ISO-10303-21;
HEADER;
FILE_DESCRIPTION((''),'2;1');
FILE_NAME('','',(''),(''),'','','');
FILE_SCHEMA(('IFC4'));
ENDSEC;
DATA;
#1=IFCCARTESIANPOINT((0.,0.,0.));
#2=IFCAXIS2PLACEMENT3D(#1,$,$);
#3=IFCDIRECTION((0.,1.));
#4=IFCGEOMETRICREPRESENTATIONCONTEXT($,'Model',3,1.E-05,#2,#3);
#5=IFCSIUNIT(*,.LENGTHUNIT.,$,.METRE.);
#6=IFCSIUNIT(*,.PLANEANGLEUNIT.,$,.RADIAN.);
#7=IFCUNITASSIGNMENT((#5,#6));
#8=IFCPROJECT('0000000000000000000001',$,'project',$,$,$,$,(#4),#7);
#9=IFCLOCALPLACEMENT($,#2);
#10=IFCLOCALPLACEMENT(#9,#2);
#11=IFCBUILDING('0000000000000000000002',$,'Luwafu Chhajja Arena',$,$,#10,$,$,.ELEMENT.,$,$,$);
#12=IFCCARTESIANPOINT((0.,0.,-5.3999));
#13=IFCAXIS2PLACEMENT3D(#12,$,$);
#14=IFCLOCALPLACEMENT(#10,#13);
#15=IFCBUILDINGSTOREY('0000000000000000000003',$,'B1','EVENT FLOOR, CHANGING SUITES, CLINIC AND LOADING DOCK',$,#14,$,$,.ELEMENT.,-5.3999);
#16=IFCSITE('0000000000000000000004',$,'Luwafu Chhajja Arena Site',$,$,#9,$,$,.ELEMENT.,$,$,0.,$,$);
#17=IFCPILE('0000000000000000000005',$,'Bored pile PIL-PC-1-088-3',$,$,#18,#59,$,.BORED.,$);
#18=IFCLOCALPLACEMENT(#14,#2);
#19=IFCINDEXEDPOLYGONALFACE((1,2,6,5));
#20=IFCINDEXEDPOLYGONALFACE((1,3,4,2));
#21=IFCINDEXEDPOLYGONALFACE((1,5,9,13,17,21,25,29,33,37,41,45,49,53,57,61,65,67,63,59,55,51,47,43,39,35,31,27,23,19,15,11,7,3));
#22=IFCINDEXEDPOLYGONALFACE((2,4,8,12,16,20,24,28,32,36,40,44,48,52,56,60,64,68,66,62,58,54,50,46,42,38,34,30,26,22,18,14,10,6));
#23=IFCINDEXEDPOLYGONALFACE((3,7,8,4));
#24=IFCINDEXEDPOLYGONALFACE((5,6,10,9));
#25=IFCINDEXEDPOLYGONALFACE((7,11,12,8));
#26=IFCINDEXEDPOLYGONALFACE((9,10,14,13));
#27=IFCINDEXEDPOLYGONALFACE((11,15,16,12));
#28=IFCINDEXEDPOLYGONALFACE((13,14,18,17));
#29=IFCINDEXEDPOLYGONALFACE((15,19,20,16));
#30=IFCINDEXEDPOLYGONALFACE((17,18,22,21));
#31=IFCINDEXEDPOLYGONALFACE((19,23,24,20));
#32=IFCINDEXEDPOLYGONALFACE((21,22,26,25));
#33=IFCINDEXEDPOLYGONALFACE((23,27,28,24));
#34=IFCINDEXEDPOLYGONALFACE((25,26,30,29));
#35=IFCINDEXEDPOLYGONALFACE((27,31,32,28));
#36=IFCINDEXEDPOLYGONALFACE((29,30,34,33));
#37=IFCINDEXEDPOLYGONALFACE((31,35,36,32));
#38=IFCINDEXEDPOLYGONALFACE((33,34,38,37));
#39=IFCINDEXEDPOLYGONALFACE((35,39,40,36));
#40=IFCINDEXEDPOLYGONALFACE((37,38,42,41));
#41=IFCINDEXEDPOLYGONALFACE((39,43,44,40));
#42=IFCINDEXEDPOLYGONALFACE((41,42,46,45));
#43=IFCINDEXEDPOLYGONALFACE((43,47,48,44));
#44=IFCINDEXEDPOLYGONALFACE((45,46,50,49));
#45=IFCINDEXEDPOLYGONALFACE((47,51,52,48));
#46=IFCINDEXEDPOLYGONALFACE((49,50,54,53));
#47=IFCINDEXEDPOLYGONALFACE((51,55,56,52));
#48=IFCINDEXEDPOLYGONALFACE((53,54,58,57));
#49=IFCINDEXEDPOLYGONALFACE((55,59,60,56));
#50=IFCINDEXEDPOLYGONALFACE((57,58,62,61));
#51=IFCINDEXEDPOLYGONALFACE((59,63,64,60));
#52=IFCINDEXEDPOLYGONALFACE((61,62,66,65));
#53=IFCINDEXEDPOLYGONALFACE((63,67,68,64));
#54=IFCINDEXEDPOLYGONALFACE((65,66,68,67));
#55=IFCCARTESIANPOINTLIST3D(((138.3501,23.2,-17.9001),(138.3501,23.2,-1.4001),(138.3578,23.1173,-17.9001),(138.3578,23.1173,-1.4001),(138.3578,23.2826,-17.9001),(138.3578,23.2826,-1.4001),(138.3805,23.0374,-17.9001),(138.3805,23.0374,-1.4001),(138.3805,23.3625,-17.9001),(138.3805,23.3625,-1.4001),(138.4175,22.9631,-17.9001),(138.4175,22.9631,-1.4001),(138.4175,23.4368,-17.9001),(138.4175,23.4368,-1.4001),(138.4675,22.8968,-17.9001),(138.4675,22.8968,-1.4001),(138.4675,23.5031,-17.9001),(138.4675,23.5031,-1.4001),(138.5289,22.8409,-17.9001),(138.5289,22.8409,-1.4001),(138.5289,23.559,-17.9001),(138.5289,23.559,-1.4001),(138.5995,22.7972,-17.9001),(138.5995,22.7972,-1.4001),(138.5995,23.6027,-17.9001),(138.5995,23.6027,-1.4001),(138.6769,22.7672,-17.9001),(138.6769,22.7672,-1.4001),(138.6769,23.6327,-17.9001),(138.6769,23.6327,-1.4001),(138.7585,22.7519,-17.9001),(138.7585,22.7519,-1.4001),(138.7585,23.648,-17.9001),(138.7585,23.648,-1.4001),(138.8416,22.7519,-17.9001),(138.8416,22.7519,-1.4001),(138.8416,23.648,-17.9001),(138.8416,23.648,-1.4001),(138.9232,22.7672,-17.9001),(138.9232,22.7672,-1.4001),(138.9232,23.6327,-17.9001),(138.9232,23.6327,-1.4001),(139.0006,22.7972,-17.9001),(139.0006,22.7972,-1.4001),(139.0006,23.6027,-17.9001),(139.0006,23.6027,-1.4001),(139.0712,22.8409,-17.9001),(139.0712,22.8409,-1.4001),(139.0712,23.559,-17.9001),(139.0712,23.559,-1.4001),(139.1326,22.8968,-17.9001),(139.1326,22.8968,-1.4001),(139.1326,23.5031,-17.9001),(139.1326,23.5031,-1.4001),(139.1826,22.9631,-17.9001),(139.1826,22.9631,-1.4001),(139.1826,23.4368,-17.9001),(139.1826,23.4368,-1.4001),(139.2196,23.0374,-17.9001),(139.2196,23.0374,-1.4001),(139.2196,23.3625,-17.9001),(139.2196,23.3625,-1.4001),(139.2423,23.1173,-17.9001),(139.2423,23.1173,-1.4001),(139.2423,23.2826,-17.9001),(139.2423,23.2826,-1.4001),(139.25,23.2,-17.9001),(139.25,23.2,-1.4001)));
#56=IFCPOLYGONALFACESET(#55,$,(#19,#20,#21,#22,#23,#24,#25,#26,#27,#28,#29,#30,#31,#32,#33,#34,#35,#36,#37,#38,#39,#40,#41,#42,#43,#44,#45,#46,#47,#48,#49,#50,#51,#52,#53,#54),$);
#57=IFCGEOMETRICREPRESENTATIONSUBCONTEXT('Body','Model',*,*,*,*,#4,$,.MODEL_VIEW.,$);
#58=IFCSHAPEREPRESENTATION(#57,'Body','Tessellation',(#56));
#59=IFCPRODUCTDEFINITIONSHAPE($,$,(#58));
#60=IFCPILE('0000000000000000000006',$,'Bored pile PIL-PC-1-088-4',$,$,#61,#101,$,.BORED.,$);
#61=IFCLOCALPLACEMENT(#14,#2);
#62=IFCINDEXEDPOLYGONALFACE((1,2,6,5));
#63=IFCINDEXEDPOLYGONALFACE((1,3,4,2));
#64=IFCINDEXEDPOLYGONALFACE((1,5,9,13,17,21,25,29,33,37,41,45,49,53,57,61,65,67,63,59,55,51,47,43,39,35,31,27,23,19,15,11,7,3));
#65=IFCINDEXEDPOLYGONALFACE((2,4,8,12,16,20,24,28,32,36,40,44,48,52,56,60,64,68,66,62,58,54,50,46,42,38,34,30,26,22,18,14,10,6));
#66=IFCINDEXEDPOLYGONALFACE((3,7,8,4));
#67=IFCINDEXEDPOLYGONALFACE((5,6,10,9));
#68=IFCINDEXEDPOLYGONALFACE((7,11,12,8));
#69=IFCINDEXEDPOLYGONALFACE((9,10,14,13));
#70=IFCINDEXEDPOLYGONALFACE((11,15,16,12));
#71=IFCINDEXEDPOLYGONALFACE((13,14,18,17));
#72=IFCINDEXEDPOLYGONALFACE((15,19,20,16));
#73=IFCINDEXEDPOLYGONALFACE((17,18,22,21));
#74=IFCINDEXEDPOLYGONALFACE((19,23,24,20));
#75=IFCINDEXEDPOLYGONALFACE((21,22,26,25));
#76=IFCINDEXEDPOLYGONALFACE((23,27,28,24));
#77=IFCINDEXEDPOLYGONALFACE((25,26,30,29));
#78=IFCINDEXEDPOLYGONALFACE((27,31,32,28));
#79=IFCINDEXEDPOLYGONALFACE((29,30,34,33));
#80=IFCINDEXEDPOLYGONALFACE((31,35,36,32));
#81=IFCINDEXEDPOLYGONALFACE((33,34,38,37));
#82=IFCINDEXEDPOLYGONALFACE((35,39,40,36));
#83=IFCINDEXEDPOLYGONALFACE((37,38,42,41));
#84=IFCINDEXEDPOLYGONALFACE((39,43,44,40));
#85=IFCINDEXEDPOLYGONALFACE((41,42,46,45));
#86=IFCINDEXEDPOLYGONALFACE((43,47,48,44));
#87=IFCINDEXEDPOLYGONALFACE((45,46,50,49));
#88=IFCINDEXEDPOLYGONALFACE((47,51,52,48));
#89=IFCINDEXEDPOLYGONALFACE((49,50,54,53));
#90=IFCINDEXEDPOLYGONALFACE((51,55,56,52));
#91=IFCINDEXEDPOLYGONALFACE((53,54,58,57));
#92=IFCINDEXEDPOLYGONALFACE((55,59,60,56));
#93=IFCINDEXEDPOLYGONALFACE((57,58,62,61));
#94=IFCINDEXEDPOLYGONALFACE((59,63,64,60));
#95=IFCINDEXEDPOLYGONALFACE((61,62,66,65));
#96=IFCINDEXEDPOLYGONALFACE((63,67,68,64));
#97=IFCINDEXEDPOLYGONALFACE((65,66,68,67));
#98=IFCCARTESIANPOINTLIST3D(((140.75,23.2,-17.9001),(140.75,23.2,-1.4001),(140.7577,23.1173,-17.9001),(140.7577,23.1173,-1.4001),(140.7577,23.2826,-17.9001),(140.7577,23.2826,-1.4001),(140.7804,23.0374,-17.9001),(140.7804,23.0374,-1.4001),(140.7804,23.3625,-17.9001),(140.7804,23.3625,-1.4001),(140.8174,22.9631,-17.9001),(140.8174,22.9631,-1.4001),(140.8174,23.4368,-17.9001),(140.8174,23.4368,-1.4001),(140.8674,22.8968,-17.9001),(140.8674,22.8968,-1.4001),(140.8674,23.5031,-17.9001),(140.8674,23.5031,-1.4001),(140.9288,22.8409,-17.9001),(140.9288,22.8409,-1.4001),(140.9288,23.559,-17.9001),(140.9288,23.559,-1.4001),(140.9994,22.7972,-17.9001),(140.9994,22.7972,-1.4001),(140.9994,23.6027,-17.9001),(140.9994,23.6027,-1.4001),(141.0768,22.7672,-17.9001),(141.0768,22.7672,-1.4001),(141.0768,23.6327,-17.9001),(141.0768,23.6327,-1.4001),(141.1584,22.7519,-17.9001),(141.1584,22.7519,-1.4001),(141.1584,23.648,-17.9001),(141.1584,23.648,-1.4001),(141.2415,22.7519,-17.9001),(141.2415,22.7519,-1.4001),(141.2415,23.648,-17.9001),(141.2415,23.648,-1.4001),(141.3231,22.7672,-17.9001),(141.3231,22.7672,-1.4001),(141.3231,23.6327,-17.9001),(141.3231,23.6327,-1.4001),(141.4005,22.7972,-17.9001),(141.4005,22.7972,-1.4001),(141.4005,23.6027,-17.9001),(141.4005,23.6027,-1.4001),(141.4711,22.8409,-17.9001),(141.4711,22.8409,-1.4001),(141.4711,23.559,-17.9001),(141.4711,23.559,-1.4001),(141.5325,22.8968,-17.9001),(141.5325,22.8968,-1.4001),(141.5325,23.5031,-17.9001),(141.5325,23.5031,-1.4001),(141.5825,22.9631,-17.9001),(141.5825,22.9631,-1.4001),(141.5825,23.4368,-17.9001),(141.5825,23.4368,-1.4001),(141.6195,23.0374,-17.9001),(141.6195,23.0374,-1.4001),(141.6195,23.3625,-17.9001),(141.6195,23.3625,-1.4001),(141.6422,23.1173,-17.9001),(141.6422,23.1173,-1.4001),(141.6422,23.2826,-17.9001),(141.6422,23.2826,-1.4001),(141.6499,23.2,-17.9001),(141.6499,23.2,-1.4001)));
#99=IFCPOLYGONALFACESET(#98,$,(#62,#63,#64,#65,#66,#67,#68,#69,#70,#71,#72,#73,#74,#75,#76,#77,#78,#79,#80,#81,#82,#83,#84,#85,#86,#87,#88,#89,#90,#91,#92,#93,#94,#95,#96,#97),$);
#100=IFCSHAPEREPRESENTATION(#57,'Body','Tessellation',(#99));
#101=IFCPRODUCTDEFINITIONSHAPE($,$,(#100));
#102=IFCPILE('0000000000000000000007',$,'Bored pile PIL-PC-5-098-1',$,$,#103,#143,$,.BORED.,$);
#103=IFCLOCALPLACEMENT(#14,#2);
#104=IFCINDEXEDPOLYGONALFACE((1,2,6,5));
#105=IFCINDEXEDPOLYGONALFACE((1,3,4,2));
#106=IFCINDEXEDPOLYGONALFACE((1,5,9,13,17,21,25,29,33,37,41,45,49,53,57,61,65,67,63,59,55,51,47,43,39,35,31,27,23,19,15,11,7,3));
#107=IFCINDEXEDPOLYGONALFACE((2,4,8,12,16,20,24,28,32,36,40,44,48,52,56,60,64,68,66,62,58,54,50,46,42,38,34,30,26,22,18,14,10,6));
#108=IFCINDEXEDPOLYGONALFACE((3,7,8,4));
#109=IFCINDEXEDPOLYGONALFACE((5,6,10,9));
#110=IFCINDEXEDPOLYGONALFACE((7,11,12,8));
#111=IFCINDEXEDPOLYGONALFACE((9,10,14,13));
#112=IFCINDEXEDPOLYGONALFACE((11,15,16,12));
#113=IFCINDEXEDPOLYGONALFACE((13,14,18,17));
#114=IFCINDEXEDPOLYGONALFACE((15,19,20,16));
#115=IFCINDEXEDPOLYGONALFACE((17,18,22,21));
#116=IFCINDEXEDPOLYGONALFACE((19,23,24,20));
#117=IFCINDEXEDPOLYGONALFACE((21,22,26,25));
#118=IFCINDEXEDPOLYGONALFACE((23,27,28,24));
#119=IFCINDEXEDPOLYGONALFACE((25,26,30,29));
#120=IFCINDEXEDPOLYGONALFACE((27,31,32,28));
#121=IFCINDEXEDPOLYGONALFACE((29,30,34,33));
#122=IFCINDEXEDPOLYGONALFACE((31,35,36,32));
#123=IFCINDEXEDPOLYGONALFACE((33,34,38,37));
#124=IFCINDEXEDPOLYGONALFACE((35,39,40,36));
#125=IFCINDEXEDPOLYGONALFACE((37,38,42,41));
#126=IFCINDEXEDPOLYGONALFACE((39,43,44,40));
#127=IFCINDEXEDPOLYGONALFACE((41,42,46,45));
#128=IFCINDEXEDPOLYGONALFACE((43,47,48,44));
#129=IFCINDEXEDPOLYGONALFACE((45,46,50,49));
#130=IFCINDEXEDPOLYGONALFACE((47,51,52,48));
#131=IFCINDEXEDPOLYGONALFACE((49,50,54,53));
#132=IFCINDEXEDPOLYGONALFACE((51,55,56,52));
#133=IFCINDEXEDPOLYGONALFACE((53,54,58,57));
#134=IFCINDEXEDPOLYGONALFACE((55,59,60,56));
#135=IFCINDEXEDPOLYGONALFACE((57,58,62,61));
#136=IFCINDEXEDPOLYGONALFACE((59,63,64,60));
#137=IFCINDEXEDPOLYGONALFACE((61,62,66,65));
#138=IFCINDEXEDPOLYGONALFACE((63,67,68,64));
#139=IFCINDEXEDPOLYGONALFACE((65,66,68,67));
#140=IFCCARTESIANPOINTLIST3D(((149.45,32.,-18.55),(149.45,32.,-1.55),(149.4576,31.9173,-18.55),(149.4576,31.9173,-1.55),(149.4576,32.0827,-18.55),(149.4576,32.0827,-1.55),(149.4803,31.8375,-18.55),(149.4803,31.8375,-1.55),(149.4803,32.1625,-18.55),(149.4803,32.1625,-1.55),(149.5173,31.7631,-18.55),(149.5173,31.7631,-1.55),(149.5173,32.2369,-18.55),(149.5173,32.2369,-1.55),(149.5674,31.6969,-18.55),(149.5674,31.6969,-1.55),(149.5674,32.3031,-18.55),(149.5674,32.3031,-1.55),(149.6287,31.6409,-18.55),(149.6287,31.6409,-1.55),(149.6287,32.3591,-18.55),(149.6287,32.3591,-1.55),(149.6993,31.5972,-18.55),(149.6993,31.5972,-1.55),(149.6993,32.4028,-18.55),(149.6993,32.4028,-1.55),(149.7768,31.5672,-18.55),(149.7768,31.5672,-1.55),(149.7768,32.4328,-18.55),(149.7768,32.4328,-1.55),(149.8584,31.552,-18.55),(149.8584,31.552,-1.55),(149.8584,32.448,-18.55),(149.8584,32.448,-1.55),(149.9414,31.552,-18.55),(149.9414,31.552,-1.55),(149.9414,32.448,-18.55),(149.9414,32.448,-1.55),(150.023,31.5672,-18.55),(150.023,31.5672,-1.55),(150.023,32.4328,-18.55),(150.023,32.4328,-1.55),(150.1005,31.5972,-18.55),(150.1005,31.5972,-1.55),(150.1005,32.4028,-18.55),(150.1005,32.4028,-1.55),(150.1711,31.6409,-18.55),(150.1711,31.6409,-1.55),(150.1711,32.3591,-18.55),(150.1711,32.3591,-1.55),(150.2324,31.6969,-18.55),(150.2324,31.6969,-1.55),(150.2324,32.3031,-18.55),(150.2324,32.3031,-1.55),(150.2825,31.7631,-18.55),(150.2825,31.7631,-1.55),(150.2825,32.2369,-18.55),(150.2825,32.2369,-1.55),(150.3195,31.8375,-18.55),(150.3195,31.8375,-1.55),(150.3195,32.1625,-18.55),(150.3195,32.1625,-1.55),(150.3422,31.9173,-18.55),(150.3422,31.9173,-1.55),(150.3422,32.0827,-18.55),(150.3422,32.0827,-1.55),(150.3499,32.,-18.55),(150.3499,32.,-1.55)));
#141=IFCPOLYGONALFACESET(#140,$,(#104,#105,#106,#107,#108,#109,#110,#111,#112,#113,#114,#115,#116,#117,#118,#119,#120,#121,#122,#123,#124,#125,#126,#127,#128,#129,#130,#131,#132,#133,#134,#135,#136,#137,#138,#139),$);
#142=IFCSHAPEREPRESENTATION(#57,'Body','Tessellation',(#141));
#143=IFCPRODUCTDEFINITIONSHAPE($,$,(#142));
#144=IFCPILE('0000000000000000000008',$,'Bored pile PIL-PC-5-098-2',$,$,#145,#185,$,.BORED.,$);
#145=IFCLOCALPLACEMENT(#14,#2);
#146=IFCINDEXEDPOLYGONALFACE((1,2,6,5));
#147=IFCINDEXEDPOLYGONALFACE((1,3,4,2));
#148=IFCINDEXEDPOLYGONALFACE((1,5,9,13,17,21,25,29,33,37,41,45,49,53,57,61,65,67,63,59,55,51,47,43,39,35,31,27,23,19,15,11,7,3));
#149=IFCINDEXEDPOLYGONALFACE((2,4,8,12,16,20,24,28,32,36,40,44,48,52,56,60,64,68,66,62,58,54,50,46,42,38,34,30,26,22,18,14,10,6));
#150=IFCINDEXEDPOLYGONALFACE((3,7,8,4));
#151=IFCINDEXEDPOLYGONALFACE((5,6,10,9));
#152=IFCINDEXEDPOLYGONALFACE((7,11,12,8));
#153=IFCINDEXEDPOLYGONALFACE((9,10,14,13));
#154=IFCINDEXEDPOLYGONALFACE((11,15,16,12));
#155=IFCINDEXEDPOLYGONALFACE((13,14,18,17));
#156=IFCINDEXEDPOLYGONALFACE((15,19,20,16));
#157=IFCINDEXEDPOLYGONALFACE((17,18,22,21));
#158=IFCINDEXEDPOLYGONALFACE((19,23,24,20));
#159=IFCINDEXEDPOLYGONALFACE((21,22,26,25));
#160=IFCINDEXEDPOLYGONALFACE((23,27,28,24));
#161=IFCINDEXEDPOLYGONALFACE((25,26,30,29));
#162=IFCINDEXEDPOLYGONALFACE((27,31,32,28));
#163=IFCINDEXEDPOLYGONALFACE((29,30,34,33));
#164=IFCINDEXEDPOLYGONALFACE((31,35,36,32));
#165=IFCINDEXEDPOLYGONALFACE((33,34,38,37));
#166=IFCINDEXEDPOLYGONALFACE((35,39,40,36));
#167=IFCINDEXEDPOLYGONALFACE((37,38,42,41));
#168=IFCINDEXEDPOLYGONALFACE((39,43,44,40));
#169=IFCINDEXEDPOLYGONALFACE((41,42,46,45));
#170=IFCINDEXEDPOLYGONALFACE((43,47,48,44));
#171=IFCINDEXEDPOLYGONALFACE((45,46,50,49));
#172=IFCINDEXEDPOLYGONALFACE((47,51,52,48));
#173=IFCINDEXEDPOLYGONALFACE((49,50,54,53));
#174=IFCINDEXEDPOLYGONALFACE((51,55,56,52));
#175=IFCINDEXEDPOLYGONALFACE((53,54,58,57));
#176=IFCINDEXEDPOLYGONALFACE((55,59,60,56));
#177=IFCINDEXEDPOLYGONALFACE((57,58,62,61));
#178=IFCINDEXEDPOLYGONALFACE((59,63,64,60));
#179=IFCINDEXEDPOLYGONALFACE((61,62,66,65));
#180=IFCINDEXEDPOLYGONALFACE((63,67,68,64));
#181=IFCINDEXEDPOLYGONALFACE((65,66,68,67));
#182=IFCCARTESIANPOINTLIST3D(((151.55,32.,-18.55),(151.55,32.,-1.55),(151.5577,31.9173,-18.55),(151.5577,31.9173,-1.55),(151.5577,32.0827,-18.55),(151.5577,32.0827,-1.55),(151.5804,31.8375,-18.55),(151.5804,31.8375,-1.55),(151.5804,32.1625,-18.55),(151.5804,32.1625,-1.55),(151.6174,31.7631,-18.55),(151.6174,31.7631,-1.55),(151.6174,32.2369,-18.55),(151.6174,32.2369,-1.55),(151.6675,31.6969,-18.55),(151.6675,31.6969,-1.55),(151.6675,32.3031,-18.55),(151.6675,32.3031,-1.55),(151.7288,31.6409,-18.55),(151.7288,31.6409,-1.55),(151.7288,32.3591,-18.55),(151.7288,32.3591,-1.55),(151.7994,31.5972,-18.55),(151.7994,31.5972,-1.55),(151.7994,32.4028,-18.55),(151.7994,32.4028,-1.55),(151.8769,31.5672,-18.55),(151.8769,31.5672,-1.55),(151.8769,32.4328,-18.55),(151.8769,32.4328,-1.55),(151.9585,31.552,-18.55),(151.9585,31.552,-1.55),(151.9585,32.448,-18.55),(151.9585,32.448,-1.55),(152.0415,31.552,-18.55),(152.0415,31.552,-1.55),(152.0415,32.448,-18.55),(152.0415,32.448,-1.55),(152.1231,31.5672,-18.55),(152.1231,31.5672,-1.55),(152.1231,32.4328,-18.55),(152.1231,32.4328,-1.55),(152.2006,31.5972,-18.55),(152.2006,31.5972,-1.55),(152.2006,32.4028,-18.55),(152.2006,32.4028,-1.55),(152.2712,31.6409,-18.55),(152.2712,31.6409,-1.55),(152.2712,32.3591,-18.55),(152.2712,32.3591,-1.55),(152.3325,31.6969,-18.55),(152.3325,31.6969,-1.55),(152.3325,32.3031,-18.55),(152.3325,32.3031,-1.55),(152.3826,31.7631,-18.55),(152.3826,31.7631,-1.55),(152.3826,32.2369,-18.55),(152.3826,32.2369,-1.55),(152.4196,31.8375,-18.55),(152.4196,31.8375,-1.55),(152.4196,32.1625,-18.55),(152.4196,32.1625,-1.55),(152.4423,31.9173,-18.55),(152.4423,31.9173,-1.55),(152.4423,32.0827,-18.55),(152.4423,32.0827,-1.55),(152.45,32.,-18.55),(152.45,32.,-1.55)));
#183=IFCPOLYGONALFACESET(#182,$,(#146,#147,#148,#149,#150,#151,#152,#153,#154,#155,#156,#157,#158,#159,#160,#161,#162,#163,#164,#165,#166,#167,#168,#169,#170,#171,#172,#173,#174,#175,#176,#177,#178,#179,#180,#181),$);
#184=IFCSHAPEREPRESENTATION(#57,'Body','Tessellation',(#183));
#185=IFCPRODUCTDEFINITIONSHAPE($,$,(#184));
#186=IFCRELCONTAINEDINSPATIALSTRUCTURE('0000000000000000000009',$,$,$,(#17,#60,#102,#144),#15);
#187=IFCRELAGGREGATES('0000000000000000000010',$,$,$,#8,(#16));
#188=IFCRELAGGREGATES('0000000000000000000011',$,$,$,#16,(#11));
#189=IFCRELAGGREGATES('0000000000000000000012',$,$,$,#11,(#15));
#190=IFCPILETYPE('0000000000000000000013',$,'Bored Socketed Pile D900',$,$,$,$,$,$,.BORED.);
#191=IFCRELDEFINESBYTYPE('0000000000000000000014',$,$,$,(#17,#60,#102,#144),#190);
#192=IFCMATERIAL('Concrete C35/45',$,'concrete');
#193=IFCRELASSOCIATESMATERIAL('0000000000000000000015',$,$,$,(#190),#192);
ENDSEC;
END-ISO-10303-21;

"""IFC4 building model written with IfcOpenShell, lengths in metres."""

from ifc_helpers import new_model, si_unit, direction, frame, origin, origin_2d, place, context, subcontext, project, spatial, circle, extrude, material, material_profile, profile_set, type_object, element, save


model = new_model("IFC4")

# Units and contexts
model_context = context("Model", 3, precision=1e-05, world=origin(), true_north=direction((0.0, 1.0)))
body_context = subcontext(model_context, "Body", "Model", "MODEL_VIEW")
ifc_project = project(units=[si_unit("LENGTHUNIT", "METRE"), si_unit("PLANEANGLEUNIT", "RADIAN")], contexts=[model_context])

# Site, building, storey
site_placement = place(None, origin())
site = spatial("IfcSite", under=ifc_project, at=site_placement, Name="Luwafu Chhajja Arena Site", CompositionType="ELEMENT", RefElevation=0.0)
building_placement = place(site_placement, origin())
building = spatial("IfcBuilding", under=site, at=building_placement, Name="Luwafu Chhajja Arena", CompositionType="ELEMENT")
storey_placement = place(building_placement, frame((0.0, 0.0, -5.3999)))
storey = spatial("IfcBuildingStorey", under=building, at=storey_placement, Name="B1", Description="EVENT FLOOR, CHANGING SUITES, CLINIC AND LOADING DOCK", CompositionType="ELEMENT", Elevation=-5.3999)

# Shared definitions
ifc_material_1 = material(Name="Concrete C35/45", Category="concrete")

# Piles
ifc_material_profile_1 = material_profile(ifc_material_1, circle(Radius=0.45, at=origin_2d()), Name="PILE D900")
ifc_profile_set_1 = profile_set([ifc_material_profile_1], Name="Concrete C35/45")
pile_type_1 = type_object("IfcPileType", Name="Bored Socketed Pile D900", PredefinedType="BORED", material=ifc_profile_set_1)
for number, where, z_axis, x_axis, name in (
    (1, (138.8, 23.2, -1.4001), (0.0, 0.0, -1.0), (1.0, 0.0, 0.0), "Bored pile PIL-PC-1-088-3"),
    (2, (141.2, 23.2, -1.4001), (0.0, 0.0, -1.0), (1.0, 0.0, 0.0), "Bored pile PIL-PC-1-088-4"),
):
    element("IfcPile", number, at=place(storey_placement, frame(where, z_axis=z_axis, x_axis=x_axis)), inside=storey, type_object=pile_type_1, Name=name, PredefinedType="BORED", context=body_context, shape_type="SweptSolid", body=[
        extrude(circle(Radius=0.45, at=origin_2d()), origin(), (0.0, 0.0, 1.0), 16.5),
    ])
for number, where, z_axis, x_axis, name in (
    (3, (149.8999, 32.0, -1.55), (0.0, 0.0, -1.0), (1.0, 0.0, 0.0), "Bored pile PIL-PC-5-098-1"),
    (4, (152.0, 32.0, -1.55), (0.0, 0.0, -1.0), (1.0, 0.0, 0.0), "Bored pile PIL-PC-5-098-2"),
):
    element("IfcPile", number, at=place(storey_placement, frame(where, z_axis=z_axis, x_axis=x_axis)), inside=storey, type_object=pile_type_1, Name=name, PredefinedType="BORED", context=body_context, shape_type="SweptSolid", body=[
        extrude(circle(Radius=0.45, at=origin_2d()), origin(), (0.0, 0.0, 1.0), 17.0),
    ])

save(model, "model.ifc")
